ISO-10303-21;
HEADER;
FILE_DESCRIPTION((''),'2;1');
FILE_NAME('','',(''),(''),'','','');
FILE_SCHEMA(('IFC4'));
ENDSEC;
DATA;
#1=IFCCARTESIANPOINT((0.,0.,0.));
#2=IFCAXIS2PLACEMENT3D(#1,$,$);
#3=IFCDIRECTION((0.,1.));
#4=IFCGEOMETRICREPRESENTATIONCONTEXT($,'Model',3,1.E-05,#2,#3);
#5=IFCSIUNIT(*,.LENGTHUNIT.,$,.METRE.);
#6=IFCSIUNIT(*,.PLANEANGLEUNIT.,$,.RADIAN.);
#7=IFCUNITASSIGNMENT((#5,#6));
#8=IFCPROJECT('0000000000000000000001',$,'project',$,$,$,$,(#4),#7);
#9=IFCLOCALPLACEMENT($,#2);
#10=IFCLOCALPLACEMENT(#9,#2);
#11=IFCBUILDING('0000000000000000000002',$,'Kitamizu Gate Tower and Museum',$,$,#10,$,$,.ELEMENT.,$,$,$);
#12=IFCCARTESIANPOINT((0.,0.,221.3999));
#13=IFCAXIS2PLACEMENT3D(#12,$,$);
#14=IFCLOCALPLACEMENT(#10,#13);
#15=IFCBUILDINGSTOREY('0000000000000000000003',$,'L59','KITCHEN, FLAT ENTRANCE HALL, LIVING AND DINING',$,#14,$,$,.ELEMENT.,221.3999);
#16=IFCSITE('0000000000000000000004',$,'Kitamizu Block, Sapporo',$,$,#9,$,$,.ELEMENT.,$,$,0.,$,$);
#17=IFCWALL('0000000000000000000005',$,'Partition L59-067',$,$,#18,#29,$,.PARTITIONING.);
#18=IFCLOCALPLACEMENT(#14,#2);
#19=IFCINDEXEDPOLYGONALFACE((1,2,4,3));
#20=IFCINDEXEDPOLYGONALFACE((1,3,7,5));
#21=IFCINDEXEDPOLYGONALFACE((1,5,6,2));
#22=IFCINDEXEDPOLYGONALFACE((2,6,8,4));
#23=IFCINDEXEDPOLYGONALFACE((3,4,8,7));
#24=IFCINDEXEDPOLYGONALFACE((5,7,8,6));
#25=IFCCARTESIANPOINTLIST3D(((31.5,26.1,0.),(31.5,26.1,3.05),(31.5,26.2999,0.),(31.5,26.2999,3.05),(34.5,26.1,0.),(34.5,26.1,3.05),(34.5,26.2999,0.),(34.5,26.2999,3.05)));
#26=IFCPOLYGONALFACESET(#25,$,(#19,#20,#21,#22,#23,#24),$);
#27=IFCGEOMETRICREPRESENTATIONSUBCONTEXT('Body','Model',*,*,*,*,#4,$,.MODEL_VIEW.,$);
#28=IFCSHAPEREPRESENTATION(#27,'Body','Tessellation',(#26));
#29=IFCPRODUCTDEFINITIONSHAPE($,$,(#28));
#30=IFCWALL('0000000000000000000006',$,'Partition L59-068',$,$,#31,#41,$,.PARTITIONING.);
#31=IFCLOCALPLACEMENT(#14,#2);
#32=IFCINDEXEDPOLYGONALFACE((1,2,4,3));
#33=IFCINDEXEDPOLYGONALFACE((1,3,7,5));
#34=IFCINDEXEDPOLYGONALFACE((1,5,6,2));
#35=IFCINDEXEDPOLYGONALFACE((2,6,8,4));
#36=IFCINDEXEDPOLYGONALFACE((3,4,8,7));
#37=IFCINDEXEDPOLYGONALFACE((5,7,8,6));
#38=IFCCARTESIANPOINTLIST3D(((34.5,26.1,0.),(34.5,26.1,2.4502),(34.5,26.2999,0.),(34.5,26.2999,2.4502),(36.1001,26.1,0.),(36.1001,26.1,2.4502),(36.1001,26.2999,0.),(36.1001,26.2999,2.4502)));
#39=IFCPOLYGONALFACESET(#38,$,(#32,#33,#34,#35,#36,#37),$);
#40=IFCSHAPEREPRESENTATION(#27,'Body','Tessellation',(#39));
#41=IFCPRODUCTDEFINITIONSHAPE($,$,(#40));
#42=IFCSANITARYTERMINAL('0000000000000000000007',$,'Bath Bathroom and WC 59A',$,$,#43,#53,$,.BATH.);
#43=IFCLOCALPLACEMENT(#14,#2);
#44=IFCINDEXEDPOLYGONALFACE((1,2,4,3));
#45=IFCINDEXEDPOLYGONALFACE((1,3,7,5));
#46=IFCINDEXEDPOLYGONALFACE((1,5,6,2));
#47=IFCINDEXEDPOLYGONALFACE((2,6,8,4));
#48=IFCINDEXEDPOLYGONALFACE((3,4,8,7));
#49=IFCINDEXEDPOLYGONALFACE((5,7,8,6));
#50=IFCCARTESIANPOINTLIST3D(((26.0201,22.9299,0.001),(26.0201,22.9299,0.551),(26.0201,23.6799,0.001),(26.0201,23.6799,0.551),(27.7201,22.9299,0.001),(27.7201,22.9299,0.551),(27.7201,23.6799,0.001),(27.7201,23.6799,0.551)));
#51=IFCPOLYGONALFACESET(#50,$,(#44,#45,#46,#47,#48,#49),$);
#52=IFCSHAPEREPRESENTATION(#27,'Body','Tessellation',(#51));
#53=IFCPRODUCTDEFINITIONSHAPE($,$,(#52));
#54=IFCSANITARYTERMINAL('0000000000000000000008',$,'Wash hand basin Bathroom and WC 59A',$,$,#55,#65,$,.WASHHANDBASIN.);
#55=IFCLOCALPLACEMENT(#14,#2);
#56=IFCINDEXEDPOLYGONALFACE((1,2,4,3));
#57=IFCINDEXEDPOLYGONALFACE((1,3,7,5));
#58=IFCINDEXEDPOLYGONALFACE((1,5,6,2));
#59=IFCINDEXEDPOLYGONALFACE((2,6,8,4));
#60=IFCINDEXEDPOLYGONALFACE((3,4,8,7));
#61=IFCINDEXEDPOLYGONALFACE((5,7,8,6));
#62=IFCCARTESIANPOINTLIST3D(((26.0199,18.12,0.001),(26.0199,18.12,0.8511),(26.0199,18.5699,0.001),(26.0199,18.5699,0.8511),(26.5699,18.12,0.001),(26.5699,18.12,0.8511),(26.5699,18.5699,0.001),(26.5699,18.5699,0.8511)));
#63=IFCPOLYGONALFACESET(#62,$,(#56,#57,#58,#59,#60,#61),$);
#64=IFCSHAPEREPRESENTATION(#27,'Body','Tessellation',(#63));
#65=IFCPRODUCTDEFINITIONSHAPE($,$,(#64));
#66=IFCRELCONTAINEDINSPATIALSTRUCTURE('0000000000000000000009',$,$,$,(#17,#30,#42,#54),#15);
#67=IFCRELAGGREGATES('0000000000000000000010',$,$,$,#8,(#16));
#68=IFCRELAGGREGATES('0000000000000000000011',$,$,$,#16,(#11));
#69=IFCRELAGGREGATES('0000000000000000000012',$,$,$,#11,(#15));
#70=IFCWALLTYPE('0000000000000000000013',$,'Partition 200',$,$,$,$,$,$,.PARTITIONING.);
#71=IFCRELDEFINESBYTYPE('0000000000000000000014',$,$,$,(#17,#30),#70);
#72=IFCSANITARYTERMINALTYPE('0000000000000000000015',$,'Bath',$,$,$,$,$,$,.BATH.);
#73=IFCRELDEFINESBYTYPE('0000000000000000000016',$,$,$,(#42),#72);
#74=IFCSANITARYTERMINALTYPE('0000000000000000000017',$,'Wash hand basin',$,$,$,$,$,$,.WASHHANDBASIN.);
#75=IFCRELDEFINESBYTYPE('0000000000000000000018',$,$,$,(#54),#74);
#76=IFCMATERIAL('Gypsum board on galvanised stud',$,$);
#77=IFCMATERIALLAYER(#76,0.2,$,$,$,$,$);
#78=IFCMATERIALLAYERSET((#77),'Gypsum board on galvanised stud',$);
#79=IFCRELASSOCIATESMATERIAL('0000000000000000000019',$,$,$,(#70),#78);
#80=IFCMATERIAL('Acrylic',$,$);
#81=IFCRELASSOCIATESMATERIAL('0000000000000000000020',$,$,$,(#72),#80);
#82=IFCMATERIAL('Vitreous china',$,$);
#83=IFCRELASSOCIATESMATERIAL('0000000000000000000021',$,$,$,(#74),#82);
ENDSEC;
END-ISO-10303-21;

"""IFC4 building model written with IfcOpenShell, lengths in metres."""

from ifc_helpers import new_model, si_unit, direction, frame, frame_2d, origin, origin_2d, place, context, subcontext, project, spatial, rectangle, extrude, material, layer, layer_set, type_object, element, save


model = new_model("IFC4")

# Units and contexts
model_context = context("Model", 3, precision=1e-05, world=origin(), true_north=direction((0.0, 1.0)))
body_context = subcontext(model_context, "Body", "Model", "MODEL_VIEW")
ifc_project = project(units=[si_unit("LENGTHUNIT", "METRE"), si_unit("PLANEANGLEUNIT", "RADIAN")], contexts=[model_context])

# Site, building, storey
site_placement = place(None, origin())
site = spatial("IfcSite", under=ifc_project, at=site_placement, Name="Kitamizu Block, Sapporo", CompositionType="ELEMENT", RefElevation=0.0)
building_placement = place(site_placement, origin())
building = spatial("IfcBuilding", under=site, at=building_placement, Name="Kitamizu Gate Tower and Museum", CompositionType="ELEMENT")
storey_placement = place(building_placement, frame((0.0, 0.0, 221.3999)))
storey = spatial("IfcBuildingStorey", under=building, at=storey_placement, Name="L59", Description="KITCHEN, FLAT ENTRANCE HALL, LIVING AND DINING", CompositionType="ELEMENT", Elevation=221.3999)

# Shared definitions
ifc_material_1 = material(Name="Gypsum board on galvanised stud")
ifc_layer_1 = layer(ifc_material_1, 0.2)
ifc_layer_set_1 = layer_set([ifc_layer_1], Name="Gypsum board on galvanised stud")
wall_type_1 = type_object("IfcWallType", Name="Partition 200", PredefinedType="PARTITIONING", material=ifc_layer_set_1)

# Walls
wall_1_placement = place(storey_placement, frame((31.5, 26.2, 0.0), z_axis=(0.0, 0.0, 1.0), x_axis=(1.0, 0.0, 0.0)))
element("IfcWall", 1, at=wall_1_placement, inside=storey, type_object=wall_type_1, Name="Partition L59-067", PredefinedType="PARTITIONING", context=body_context, shape_type="SweptSolid", body=[
    extrude(rectangle(XDim=3.0, YDim=0.2, at=frame_2d((1.5, 0.0))), origin(), (0.0, 0.0, 1.0), 3.05),
])
wall_2_placement = place(storey_placement, frame((34.5, 26.2, 0.0), z_axis=(0.0, 0.0, 1.0), x_axis=(1.0, 0.0, 0.0)))
element("IfcWall", 2, at=wall_2_placement, inside=storey, type_object=wall_type_1, Name="Partition L59-068", PredefinedType="PARTITIONING", context=body_context, shape_type="SweptSolid", body=[
    extrude(rectangle(XDim=1.6001, YDim=0.2, at=frame_2d((0.8, 0.0))), origin(), (0.0, 0.0, 1.0), 2.4502),
])

# Sanitary terminals
ifc_material_2 = material(Name="Acrylic")
sanitary_terminal_type_1 = type_object("IfcSanitaryTerminalType", Name="Bath", PredefinedType="BATH", material=ifc_material_2)
sanitary_terminal_1_placement = place(storey_placement, frame((26.8701, 23.3049, 0.001), z_axis=(0.0, 0.0, 1.0), x_axis=(1.0, 0.0, 0.0)))
element("IfcSanitaryTerminal", 3, at=sanitary_terminal_1_placement, inside=storey, type_object=sanitary_terminal_type_1, Name="Bath Bathroom and WC 59A", PredefinedType="BATH", context=body_context, shape_type="SweptSolid", body=[
    extrude(rectangle(XDim=1.7, YDim=0.75, at=origin_2d()), origin(), (0.0, 0.0, 1.0), 0.55),
])
ifc_material_3 = material(Name="Vitreous china")
sanitary_terminal_type_2 = type_object("IfcSanitaryTerminalType", Name="Wash hand basin", PredefinedType="WASHHANDBASIN", material=ifc_material_3)
sanitary_terminal_2_placement = place(storey_placement, frame((26.2949, 18.345, 0.001), z_axis=(0.0, 0.0, 1.0), x_axis=(1.0, 0.0, 0.0)))
element("IfcSanitaryTerminal", 4, at=sanitary_terminal_2_placement, inside=storey, type_object=sanitary_terminal_type_2, Name="Wash hand basin Bathroom and WC 59A", PredefinedType="WASHHANDBASIN", context=body_context, shape_type="SweptSolid", body=[
    extrude(rectangle(XDim=0.55, YDim=0.45, at=origin_2d()), origin(), (0.0, 0.0, 1.0), 0.8501),
])

save(model, "model.ifc")
